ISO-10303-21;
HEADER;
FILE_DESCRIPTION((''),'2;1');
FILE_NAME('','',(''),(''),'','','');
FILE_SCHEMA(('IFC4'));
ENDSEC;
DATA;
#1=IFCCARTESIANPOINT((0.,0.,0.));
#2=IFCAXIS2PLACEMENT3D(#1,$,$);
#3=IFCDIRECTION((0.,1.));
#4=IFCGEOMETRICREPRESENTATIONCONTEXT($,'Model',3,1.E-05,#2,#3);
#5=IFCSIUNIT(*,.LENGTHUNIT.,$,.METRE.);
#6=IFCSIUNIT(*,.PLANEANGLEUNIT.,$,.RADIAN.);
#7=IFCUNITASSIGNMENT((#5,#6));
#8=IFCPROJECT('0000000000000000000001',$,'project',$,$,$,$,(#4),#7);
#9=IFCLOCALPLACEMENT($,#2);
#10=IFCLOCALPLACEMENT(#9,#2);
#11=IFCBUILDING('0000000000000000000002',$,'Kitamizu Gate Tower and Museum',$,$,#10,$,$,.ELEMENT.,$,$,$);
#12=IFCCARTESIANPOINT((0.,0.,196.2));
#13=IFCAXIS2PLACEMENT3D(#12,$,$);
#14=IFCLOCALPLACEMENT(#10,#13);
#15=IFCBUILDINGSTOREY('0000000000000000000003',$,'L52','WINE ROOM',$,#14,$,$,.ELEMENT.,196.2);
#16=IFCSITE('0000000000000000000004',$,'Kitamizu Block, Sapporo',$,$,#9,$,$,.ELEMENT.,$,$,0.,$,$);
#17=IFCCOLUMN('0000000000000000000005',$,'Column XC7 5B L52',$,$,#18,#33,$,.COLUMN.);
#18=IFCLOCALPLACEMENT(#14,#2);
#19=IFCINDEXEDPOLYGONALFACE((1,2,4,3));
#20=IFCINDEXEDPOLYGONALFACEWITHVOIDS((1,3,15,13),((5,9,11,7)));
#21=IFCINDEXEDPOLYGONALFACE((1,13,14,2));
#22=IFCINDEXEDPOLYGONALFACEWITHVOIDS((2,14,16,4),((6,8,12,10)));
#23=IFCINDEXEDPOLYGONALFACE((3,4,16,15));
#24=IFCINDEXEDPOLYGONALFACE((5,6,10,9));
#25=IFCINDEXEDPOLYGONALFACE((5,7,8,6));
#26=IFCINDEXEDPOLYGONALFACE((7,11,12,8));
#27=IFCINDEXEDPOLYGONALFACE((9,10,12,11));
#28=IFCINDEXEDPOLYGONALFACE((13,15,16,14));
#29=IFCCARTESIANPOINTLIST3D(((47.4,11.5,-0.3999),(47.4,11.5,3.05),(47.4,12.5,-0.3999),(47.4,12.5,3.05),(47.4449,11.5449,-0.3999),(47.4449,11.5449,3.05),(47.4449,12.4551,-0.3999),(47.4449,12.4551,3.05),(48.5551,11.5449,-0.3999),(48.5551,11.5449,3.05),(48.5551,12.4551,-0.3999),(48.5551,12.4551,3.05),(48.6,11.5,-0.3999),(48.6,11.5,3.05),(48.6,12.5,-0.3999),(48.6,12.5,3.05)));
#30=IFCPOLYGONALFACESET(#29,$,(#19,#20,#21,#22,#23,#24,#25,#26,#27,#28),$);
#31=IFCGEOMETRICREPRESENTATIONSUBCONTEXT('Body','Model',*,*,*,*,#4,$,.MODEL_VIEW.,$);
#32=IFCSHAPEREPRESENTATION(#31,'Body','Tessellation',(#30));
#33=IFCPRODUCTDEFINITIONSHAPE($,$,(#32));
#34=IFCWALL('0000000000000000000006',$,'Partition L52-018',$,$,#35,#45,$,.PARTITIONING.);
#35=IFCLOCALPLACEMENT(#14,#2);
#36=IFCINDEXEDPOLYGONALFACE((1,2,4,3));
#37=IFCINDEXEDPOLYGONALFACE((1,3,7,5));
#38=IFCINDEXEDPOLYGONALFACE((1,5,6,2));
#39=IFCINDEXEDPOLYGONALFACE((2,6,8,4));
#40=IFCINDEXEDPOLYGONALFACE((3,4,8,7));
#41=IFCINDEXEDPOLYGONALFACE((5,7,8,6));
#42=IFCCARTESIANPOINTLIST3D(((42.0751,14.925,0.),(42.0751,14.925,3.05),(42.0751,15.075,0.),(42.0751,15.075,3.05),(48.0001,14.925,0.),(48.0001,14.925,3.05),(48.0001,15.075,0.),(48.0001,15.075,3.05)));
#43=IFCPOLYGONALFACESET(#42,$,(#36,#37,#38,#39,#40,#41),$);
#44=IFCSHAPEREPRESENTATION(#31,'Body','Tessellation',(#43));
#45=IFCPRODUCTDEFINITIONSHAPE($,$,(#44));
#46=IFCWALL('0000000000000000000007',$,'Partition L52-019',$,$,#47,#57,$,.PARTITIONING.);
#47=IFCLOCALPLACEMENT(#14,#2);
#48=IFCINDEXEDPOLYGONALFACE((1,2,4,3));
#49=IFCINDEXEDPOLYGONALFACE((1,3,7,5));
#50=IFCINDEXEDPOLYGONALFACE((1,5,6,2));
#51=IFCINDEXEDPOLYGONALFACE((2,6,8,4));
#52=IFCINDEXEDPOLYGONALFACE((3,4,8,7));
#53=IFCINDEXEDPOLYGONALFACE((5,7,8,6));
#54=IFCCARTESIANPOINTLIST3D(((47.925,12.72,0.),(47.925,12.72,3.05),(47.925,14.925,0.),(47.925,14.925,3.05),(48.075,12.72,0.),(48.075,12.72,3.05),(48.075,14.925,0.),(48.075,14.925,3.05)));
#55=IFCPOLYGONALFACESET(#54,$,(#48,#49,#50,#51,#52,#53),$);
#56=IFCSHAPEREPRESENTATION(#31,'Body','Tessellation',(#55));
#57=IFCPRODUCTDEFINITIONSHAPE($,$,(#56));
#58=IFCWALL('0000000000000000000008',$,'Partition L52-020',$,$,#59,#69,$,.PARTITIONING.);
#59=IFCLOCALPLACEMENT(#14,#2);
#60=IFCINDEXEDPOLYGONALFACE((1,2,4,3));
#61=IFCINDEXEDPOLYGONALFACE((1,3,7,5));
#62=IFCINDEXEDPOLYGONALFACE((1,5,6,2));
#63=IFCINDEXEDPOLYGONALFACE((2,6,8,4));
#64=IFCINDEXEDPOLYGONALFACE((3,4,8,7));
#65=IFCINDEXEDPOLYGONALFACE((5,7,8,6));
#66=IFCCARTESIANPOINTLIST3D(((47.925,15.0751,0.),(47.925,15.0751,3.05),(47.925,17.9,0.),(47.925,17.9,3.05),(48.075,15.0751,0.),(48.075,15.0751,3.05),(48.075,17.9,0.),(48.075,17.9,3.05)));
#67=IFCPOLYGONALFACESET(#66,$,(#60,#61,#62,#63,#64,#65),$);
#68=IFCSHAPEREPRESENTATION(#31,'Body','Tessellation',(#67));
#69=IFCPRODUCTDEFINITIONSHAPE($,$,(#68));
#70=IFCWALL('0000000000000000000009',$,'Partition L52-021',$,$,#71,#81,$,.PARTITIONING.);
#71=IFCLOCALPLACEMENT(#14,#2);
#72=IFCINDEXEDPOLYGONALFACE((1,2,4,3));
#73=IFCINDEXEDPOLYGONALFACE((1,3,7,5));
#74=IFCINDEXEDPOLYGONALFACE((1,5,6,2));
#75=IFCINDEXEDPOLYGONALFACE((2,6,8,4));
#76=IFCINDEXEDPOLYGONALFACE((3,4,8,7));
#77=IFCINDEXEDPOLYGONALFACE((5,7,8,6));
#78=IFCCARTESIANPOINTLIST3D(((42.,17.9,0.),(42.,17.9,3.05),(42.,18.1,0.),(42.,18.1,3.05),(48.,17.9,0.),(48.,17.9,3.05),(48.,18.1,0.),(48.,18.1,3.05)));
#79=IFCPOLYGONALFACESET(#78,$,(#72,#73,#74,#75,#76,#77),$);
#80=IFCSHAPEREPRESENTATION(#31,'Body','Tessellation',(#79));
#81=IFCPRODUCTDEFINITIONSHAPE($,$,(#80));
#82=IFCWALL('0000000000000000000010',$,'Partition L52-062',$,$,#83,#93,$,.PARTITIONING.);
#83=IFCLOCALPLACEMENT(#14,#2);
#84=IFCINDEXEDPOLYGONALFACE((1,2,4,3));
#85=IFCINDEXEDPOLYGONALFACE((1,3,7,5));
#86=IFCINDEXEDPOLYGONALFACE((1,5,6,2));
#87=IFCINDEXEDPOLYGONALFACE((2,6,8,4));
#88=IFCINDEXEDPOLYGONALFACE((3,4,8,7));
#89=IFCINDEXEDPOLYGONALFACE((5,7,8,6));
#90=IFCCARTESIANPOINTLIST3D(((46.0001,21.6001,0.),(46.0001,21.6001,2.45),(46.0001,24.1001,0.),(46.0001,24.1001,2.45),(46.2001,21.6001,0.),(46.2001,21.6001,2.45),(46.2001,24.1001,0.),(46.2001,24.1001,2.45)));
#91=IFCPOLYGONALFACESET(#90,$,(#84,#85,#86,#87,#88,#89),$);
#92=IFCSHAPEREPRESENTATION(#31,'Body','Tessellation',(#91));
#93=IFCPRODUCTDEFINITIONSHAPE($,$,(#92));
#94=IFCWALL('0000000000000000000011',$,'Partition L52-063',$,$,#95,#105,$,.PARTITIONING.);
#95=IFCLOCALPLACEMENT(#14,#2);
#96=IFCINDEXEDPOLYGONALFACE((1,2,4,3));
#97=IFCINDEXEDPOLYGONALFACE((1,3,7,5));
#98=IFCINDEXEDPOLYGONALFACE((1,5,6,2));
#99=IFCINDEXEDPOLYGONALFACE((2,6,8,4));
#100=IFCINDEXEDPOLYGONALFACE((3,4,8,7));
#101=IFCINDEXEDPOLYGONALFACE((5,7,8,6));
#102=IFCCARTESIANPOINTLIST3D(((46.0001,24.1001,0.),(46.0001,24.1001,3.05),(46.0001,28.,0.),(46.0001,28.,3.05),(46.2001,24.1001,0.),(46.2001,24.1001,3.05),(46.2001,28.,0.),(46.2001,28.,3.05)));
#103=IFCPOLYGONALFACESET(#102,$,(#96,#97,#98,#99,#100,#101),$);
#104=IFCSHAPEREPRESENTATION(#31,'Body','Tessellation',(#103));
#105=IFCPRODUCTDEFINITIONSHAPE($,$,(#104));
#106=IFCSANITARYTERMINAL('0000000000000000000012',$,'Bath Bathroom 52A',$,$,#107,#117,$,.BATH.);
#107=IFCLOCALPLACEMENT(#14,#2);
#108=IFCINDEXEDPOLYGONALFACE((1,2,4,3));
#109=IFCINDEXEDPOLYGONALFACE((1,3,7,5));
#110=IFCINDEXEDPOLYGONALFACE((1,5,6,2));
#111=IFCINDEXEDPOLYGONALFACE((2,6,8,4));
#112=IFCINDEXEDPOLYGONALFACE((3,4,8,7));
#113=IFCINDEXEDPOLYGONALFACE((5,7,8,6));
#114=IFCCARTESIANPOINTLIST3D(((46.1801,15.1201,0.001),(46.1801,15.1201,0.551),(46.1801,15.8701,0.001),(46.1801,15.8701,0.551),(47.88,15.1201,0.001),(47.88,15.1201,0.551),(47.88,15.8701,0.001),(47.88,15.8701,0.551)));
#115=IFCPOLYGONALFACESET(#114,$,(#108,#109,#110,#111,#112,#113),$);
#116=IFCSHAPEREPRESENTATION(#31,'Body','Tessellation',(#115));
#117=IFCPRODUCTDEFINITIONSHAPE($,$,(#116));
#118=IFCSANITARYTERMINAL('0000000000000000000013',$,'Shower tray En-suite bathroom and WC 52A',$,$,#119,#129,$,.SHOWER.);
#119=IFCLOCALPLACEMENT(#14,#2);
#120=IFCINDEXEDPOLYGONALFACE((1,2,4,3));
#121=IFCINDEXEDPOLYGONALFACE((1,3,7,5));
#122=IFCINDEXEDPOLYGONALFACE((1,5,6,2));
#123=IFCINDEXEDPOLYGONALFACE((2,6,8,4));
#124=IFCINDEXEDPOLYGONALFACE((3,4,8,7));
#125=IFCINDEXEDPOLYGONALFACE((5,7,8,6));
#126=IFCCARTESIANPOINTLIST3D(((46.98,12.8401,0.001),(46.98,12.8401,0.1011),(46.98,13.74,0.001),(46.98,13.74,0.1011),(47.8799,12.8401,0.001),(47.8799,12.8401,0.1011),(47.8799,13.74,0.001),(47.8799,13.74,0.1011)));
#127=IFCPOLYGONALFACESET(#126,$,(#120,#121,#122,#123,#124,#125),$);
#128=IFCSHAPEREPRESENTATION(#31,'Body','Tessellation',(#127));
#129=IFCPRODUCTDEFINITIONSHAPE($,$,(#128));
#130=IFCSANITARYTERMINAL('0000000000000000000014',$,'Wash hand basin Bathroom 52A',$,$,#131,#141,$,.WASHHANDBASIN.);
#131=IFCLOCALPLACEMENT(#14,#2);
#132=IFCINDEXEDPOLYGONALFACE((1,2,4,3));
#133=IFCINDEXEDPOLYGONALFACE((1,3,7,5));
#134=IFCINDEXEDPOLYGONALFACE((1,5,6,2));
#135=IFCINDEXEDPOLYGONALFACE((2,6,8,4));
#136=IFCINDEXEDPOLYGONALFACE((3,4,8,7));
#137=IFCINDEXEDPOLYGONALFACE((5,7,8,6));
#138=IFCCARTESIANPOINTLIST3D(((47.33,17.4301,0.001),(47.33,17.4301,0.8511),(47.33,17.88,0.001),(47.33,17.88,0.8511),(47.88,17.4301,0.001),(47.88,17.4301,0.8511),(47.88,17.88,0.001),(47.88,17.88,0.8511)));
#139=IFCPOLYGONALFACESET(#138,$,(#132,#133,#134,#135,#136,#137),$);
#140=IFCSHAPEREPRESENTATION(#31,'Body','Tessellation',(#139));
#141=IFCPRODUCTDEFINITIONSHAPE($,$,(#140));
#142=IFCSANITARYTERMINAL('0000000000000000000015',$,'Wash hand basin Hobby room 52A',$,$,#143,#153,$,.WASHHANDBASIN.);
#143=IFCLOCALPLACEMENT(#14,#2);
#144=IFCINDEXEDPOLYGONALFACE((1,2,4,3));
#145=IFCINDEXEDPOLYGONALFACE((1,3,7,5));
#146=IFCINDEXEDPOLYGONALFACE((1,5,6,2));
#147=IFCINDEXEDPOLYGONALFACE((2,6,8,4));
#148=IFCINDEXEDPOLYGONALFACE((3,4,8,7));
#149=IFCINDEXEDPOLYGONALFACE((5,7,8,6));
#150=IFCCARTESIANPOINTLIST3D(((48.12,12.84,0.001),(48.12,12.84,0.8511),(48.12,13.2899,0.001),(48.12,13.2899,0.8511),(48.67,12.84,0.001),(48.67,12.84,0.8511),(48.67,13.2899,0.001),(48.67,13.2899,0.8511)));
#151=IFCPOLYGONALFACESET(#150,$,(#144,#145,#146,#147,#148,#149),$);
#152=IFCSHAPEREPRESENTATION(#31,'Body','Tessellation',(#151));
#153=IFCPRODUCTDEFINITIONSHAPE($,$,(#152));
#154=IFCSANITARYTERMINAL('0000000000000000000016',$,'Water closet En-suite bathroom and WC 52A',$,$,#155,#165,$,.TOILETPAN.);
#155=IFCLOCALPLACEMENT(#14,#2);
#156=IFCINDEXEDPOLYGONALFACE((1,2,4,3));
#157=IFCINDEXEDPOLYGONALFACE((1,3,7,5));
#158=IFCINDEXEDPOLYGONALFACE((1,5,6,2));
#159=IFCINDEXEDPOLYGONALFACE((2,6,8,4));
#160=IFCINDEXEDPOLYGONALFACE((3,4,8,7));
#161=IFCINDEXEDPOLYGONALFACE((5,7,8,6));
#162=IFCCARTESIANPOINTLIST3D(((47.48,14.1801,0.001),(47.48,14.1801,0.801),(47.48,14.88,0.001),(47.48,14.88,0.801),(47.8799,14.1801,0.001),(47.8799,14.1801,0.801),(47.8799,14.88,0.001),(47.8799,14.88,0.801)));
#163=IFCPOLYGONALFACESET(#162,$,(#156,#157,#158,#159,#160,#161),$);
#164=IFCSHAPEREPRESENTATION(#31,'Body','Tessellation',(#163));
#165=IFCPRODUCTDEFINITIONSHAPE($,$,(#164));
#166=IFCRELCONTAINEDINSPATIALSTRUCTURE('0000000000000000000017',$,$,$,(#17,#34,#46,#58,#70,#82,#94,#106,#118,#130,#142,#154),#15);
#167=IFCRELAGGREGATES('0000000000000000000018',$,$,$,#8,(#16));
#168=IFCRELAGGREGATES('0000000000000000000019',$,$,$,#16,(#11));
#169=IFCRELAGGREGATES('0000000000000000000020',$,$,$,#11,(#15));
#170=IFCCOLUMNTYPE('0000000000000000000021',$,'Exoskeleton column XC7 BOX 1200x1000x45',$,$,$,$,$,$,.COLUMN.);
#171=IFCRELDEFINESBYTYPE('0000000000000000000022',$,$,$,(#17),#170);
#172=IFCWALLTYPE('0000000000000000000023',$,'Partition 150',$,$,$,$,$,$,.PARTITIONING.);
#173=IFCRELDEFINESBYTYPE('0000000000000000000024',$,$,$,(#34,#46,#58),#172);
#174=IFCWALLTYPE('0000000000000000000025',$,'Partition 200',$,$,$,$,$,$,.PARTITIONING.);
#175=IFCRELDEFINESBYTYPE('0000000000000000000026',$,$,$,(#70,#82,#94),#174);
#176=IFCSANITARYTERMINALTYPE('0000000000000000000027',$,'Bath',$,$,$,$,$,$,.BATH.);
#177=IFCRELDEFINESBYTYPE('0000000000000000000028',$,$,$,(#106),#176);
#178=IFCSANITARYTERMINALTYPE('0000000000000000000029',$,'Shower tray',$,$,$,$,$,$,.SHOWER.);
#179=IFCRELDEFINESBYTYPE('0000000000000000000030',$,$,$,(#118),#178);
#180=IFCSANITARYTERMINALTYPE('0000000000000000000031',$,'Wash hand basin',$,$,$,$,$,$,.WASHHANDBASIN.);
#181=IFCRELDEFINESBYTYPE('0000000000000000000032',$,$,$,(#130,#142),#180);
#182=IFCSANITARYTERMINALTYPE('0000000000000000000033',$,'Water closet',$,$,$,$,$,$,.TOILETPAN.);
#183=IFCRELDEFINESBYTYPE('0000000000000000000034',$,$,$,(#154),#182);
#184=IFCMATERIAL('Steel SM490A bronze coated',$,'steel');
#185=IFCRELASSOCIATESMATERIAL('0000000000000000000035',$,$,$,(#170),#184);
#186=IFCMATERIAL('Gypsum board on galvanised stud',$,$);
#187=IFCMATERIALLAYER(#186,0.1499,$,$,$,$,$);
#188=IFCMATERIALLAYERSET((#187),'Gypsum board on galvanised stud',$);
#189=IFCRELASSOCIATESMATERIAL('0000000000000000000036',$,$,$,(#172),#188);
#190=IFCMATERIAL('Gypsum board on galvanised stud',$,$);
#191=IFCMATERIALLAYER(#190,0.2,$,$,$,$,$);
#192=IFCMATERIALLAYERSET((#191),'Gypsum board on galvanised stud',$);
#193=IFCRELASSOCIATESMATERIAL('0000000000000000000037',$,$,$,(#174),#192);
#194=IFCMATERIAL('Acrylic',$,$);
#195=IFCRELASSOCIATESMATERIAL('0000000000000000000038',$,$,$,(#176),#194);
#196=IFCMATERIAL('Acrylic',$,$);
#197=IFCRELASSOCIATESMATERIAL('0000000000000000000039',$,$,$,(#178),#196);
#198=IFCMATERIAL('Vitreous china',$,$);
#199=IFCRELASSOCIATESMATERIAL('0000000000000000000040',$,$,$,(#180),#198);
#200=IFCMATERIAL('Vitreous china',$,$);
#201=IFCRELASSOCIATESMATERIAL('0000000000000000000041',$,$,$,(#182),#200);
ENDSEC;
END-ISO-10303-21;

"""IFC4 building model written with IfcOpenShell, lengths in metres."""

from ifc_helpers import new_model, si_unit, direction, frame, frame_2d, origin, origin_2d, place, context, subcontext, project, spatial, rectangle, hollow_rectangle, extrude, material, layer, layer_set, material_profile, profile_set, type_object, element, save


model = new_model("IFC4")

# Units and contexts
model_context = context("Model", 3, precision=1e-05, world=origin(), true_north=direction((0.0, 1.0)))
body_context = subcontext(model_context, "Body", "Model", "MODEL_VIEW")
ifc_project = project(units=[si_unit("LENGTHUNIT", "METRE"), si_unit("PLANEANGLEUNIT", "RADIAN")], contexts=[model_context])

# Site, building, storey
site_placement = place(None, origin())
site = spatial("IfcSite", under=ifc_project, at=site_placement, Name="Kitamizu Block, Sapporo", CompositionType="ELEMENT", RefElevation=0.0)
building_placement = place(site_placement, origin())
building = spatial("IfcBuilding", under=site, at=building_placement, Name="Kitamizu Gate Tower and Museum", CompositionType="ELEMENT")
storey_placement = place(building_placement, frame((0.0, 0.0, 196.2)))
storey = spatial("IfcBuildingStorey", under=building, at=storey_placement, Name="L52", Description="WINE ROOM", CompositionType="ELEMENT", Elevation=196.2)

# Column
ifc_material_1 = material(Name="Steel SM490A bronze coated", Category="steel")
ifc_material_profile = material_profile(ifc_material_1, hollow_rectangle(XDim=1.2, YDim=1.0, WallThickness=0.0449, at=origin_2d()), Name="BOX 1200x1000x45")
ifc_profile_set = profile_set([ifc_material_profile], Name="Steel SM490A bronze coated")
column_type = type_object("IfcColumnType", Name="Exoskeleton column XC7 BOX 1200x1000x45", PredefinedType="COLUMN", material=ifc_profile_set)
column_placement = place(storey_placement, frame((48.0, 12.0, -0.3999), z_axis=(0.0, 0.0, 1.0), x_axis=(1.0, 0.0, 0.0)))
element("IfcColumn", 1, at=column_placement, inside=storey, type_object=column_type, Name="Column XC7 5B L52", PredefinedType="COLUMN", context=body_context, shape_type="SweptSolid", body=[
    extrude(hollow_rectangle(XDim=1.2, YDim=1.0, WallThickness=0.0449, at=origin_2d()), origin(), (0.0, 0.0, 1.0), 3.45),
])

# Walls
ifc_material_2 = material(Name="Gypsum board on galvanised stud")
ifc_layer_1 = layer(ifc_material_2, 0.1499)
ifc_layer_set_1 = layer_set([ifc_layer_1], Name="Gypsum board on galvanised stud")
wall_type_1 = type_object("IfcWallType", Name="Partition 150", PredefinedType="PARTITIONING", material=ifc_layer_set_1)
wall_1_placement = place(storey_placement, frame((48.0, 15.0, 0.0), z_axis=(0.0, 0.0, 1.0), x_axis=(-1.0, 0.0, 0.0)))
element("IfcWall", 2, at=wall_1_placement, inside=storey, type_object=wall_type_1, Name="Partition L52-018", PredefinedType="PARTITIONING", context=body_context, shape_type="SweptSolid", body=[
    extrude(rectangle(XDim=5.925, YDim=0.1499, at=frame_2d((2.9624, 0.0))), origin(), (0.0, 0.0, 1.0), 3.05),
])
wall_2_placement = place(storey_placement, frame((48.0, 12.72, 0.0), z_axis=(0.0, 0.0, 1.0), x_axis=(0.0, 1.0, 0.0)))
element("IfcWall", 3, at=wall_2_placement, inside=storey, type_object=wall_type_1, Name="Partition L52-019", PredefinedType="PARTITIONING", context=body_context, shape_type="SweptSolid", body=[
    extrude(rectangle(XDim=2.2051, YDim=0.1499, at=frame_2d((1.1025, 0.0))), origin(), (0.0, 0.0, 1.0), 3.05),
])
wall_3_placement = place(storey_placement, frame((48.0, 15.075, 0.0), z_axis=(0.0, 0.0, 1.0), x_axis=(0.0, 1.0, 0.0)))
element("IfcWall", 4, at=wall_3_placement, inside=storey, type_object=wall_type_1, Name="Partition L52-020", PredefinedType="PARTITIONING", context=body_context, shape_type="SweptSolid", body=[
    extrude(rectangle(XDim=2.825, YDim=0.1499, at=frame_2d((1.4126, 0.0))), origin(), (0.0, 0.0, 1.0), 3.05),
])
ifc_material_3 = material(Name="Gypsum board on galvanised stud")
ifc_layer_2 = layer(ifc_material_3, 0.2)
ifc_layer_set_2 = layer_set([ifc_layer_2], Name="Gypsum board on galvanised stud")
wall_type_2 = type_object("IfcWallType", Name="Partition 200", PredefinedType="PARTITIONING", material=ifc_layer_set_2)
wall_4_placement = place(storey_placement, frame((48.0, 18.0, 0.0), z_axis=(0.0, 0.0, 1.0), x_axis=(-1.0, 0.0, 0.0)))
element("IfcWall", 5, at=wall_4_placement, inside=storey, type_object=wall_type_2, Name="Partition L52-021", PredefinedType="PARTITIONING", context=body_context, shape_type="SweptSolid", body=[
    extrude(rectangle(XDim=6.0, YDim=0.2, at=frame_2d((3.0, 0.0))), origin(), (0.0, 0.0, 1.0), 3.05),
])
wall_5_placement = place(storey_placement, frame((46.1001, 21.6001, 0.0), z_axis=(0.0, 0.0, 1.0), x_axis=(0.0, 1.0, 0.0)))
element("IfcWall", 6, at=wall_5_placement, inside=storey, type_object=wall_type_2, Name="Partition L52-062", PredefinedType="PARTITIONING", context=body_context, shape_type="SweptSolid", body=[
    extrude(rectangle(XDim=2.5, YDim=0.2, at=frame_2d((1.25, 0.0))), origin(), (0.0, 0.0, 1.0), 2.45),
])
wall_6_placement = place(storey_placement, frame((46.1001, 24.1001, 0.0), z_axis=(0.0, 0.0, 1.0), x_axis=(0.0, 1.0, 0.0)))
element("IfcWall", 7, at=wall_6_placement, inside=storey, type_object=wall_type_2, Name="Partition L52-063", PredefinedType="PARTITIONING", context=body_context, shape_type="SweptSolid", body=[
    extrude(rectangle(XDim=3.8999, YDim=0.2, at=frame_2d((1.95, 0.0))), origin(), (0.0, 0.0, 1.0), 3.05),
])

# Sanitary terminals
ifc_material_4 = material(Name="Acrylic")
sanitary_terminal_type_1 = type_object("IfcSanitaryTerminalType", Name="Bath", PredefinedType="BATH", material=ifc_material_4)
sanitary_terminal_1_placement = place(storey_placement, frame((47.03, 15.4951, 0.001), z_axis=(0.0, 0.0, 1.0), x_axis=(1.0, 0.0, 0.0)))
element("IfcSanitaryTerminal", 8, at=sanitary_terminal_1_placement, inside=storey, type_object=sanitary_terminal_type_1, Name="Bath Bathroom 52A", PredefinedType="BATH", context=body_context, shape_type="SweptSolid", body=[
    extrude(rectangle(XDim=1.7, YDim=0.75, at=origin_2d()), origin(), (0.0, 0.0, 1.0), 0.55),
])
ifc_material_5 = material(Name="Acrylic")
sanitary_terminal_type_2 = type_object("IfcSanitaryTerminalType", Name="Shower tray", PredefinedType="SHOWER", material=ifc_material_5)
sanitary_terminal_2_placement = place(storey_placement, frame((47.4299, 13.29, 0.001), z_axis=(0.0, 0.0, 1.0), x_axis=(1.0, 0.0, 0.0)))
element("IfcSanitaryTerminal", 9, at=sanitary_terminal_2_placement, inside=storey, type_object=sanitary_terminal_type_2, Name="Shower tray En-suite bathroom and WC 52A", PredefinedType="SHOWER", context=body_context, shape_type="SweptSolid", body=[
    extrude(rectangle(XDim=0.8999, YDim=0.8999, at=origin_2d()), origin(), (0.0, 0.0, 1.0), 0.1001),
])
ifc_material_6 = material(Name="Vitreous china")
sanitary_terminal_type_3 = type_object("IfcSanitaryTerminalType", Name="Wash hand basin", PredefinedType="WASHHANDBASIN", material=ifc_material_6)
for number, where, z_axis, x_axis, name in (
    (10, (47.605, 17.655, 0.001), (0.0, 0.0, 1.0), (1.0, 0.0, 0.0), "Wash hand basin Bathroom 52A"),
    (11, (48.395, 13.0649, 0.001), (0.0, 0.0, 1.0), (1.0, 0.0, 0.0), "Wash hand basin Hobby room 52A"),
):
    element("IfcSanitaryTerminal", number, at=place(storey_placement, frame(where, z_axis=z_axis, x_axis=x_axis)), inside=storey, type_object=sanitary_terminal_type_3, Name=name, PredefinedType="WASHHANDBASIN", context=body_context, shape_type="SweptSolid", body=[
        extrude(rectangle(XDim=0.55, YDim=0.45, at=origin_2d()), origin(), (0.0, 0.0, 1.0), 0.8501),
    ])
ifc_material_7 = material(Name="Vitreous china")
sanitary_terminal_type_4 = type_object("IfcSanitaryTerminalType", Name="Water closet", PredefinedType="TOILETPAN", material=ifc_material_7)
sanitary_terminal_3_placement = place(storey_placement, frame((47.6799, 14.53, 0.001), z_axis=(0.0, 0.0, 1.0), x_axis=(1.0, 0.0, 0.0)))
element("IfcSanitaryTerminal", 12, at=sanitary_terminal_3_placement, inside=storey, type_object=sanitary_terminal_type_4, Name="Water closet En-suite bathroom and WC 52A", PredefinedType="TOILETPAN", context=body_context, shape_type="SweptSolid", body=[
    extrude(rectangle(XDim=0.3999, YDim=0.7, at=origin_2d()), origin(), (0.0, 0.0, 1.0), 0.8),
])

save(model, "model.ifc")
